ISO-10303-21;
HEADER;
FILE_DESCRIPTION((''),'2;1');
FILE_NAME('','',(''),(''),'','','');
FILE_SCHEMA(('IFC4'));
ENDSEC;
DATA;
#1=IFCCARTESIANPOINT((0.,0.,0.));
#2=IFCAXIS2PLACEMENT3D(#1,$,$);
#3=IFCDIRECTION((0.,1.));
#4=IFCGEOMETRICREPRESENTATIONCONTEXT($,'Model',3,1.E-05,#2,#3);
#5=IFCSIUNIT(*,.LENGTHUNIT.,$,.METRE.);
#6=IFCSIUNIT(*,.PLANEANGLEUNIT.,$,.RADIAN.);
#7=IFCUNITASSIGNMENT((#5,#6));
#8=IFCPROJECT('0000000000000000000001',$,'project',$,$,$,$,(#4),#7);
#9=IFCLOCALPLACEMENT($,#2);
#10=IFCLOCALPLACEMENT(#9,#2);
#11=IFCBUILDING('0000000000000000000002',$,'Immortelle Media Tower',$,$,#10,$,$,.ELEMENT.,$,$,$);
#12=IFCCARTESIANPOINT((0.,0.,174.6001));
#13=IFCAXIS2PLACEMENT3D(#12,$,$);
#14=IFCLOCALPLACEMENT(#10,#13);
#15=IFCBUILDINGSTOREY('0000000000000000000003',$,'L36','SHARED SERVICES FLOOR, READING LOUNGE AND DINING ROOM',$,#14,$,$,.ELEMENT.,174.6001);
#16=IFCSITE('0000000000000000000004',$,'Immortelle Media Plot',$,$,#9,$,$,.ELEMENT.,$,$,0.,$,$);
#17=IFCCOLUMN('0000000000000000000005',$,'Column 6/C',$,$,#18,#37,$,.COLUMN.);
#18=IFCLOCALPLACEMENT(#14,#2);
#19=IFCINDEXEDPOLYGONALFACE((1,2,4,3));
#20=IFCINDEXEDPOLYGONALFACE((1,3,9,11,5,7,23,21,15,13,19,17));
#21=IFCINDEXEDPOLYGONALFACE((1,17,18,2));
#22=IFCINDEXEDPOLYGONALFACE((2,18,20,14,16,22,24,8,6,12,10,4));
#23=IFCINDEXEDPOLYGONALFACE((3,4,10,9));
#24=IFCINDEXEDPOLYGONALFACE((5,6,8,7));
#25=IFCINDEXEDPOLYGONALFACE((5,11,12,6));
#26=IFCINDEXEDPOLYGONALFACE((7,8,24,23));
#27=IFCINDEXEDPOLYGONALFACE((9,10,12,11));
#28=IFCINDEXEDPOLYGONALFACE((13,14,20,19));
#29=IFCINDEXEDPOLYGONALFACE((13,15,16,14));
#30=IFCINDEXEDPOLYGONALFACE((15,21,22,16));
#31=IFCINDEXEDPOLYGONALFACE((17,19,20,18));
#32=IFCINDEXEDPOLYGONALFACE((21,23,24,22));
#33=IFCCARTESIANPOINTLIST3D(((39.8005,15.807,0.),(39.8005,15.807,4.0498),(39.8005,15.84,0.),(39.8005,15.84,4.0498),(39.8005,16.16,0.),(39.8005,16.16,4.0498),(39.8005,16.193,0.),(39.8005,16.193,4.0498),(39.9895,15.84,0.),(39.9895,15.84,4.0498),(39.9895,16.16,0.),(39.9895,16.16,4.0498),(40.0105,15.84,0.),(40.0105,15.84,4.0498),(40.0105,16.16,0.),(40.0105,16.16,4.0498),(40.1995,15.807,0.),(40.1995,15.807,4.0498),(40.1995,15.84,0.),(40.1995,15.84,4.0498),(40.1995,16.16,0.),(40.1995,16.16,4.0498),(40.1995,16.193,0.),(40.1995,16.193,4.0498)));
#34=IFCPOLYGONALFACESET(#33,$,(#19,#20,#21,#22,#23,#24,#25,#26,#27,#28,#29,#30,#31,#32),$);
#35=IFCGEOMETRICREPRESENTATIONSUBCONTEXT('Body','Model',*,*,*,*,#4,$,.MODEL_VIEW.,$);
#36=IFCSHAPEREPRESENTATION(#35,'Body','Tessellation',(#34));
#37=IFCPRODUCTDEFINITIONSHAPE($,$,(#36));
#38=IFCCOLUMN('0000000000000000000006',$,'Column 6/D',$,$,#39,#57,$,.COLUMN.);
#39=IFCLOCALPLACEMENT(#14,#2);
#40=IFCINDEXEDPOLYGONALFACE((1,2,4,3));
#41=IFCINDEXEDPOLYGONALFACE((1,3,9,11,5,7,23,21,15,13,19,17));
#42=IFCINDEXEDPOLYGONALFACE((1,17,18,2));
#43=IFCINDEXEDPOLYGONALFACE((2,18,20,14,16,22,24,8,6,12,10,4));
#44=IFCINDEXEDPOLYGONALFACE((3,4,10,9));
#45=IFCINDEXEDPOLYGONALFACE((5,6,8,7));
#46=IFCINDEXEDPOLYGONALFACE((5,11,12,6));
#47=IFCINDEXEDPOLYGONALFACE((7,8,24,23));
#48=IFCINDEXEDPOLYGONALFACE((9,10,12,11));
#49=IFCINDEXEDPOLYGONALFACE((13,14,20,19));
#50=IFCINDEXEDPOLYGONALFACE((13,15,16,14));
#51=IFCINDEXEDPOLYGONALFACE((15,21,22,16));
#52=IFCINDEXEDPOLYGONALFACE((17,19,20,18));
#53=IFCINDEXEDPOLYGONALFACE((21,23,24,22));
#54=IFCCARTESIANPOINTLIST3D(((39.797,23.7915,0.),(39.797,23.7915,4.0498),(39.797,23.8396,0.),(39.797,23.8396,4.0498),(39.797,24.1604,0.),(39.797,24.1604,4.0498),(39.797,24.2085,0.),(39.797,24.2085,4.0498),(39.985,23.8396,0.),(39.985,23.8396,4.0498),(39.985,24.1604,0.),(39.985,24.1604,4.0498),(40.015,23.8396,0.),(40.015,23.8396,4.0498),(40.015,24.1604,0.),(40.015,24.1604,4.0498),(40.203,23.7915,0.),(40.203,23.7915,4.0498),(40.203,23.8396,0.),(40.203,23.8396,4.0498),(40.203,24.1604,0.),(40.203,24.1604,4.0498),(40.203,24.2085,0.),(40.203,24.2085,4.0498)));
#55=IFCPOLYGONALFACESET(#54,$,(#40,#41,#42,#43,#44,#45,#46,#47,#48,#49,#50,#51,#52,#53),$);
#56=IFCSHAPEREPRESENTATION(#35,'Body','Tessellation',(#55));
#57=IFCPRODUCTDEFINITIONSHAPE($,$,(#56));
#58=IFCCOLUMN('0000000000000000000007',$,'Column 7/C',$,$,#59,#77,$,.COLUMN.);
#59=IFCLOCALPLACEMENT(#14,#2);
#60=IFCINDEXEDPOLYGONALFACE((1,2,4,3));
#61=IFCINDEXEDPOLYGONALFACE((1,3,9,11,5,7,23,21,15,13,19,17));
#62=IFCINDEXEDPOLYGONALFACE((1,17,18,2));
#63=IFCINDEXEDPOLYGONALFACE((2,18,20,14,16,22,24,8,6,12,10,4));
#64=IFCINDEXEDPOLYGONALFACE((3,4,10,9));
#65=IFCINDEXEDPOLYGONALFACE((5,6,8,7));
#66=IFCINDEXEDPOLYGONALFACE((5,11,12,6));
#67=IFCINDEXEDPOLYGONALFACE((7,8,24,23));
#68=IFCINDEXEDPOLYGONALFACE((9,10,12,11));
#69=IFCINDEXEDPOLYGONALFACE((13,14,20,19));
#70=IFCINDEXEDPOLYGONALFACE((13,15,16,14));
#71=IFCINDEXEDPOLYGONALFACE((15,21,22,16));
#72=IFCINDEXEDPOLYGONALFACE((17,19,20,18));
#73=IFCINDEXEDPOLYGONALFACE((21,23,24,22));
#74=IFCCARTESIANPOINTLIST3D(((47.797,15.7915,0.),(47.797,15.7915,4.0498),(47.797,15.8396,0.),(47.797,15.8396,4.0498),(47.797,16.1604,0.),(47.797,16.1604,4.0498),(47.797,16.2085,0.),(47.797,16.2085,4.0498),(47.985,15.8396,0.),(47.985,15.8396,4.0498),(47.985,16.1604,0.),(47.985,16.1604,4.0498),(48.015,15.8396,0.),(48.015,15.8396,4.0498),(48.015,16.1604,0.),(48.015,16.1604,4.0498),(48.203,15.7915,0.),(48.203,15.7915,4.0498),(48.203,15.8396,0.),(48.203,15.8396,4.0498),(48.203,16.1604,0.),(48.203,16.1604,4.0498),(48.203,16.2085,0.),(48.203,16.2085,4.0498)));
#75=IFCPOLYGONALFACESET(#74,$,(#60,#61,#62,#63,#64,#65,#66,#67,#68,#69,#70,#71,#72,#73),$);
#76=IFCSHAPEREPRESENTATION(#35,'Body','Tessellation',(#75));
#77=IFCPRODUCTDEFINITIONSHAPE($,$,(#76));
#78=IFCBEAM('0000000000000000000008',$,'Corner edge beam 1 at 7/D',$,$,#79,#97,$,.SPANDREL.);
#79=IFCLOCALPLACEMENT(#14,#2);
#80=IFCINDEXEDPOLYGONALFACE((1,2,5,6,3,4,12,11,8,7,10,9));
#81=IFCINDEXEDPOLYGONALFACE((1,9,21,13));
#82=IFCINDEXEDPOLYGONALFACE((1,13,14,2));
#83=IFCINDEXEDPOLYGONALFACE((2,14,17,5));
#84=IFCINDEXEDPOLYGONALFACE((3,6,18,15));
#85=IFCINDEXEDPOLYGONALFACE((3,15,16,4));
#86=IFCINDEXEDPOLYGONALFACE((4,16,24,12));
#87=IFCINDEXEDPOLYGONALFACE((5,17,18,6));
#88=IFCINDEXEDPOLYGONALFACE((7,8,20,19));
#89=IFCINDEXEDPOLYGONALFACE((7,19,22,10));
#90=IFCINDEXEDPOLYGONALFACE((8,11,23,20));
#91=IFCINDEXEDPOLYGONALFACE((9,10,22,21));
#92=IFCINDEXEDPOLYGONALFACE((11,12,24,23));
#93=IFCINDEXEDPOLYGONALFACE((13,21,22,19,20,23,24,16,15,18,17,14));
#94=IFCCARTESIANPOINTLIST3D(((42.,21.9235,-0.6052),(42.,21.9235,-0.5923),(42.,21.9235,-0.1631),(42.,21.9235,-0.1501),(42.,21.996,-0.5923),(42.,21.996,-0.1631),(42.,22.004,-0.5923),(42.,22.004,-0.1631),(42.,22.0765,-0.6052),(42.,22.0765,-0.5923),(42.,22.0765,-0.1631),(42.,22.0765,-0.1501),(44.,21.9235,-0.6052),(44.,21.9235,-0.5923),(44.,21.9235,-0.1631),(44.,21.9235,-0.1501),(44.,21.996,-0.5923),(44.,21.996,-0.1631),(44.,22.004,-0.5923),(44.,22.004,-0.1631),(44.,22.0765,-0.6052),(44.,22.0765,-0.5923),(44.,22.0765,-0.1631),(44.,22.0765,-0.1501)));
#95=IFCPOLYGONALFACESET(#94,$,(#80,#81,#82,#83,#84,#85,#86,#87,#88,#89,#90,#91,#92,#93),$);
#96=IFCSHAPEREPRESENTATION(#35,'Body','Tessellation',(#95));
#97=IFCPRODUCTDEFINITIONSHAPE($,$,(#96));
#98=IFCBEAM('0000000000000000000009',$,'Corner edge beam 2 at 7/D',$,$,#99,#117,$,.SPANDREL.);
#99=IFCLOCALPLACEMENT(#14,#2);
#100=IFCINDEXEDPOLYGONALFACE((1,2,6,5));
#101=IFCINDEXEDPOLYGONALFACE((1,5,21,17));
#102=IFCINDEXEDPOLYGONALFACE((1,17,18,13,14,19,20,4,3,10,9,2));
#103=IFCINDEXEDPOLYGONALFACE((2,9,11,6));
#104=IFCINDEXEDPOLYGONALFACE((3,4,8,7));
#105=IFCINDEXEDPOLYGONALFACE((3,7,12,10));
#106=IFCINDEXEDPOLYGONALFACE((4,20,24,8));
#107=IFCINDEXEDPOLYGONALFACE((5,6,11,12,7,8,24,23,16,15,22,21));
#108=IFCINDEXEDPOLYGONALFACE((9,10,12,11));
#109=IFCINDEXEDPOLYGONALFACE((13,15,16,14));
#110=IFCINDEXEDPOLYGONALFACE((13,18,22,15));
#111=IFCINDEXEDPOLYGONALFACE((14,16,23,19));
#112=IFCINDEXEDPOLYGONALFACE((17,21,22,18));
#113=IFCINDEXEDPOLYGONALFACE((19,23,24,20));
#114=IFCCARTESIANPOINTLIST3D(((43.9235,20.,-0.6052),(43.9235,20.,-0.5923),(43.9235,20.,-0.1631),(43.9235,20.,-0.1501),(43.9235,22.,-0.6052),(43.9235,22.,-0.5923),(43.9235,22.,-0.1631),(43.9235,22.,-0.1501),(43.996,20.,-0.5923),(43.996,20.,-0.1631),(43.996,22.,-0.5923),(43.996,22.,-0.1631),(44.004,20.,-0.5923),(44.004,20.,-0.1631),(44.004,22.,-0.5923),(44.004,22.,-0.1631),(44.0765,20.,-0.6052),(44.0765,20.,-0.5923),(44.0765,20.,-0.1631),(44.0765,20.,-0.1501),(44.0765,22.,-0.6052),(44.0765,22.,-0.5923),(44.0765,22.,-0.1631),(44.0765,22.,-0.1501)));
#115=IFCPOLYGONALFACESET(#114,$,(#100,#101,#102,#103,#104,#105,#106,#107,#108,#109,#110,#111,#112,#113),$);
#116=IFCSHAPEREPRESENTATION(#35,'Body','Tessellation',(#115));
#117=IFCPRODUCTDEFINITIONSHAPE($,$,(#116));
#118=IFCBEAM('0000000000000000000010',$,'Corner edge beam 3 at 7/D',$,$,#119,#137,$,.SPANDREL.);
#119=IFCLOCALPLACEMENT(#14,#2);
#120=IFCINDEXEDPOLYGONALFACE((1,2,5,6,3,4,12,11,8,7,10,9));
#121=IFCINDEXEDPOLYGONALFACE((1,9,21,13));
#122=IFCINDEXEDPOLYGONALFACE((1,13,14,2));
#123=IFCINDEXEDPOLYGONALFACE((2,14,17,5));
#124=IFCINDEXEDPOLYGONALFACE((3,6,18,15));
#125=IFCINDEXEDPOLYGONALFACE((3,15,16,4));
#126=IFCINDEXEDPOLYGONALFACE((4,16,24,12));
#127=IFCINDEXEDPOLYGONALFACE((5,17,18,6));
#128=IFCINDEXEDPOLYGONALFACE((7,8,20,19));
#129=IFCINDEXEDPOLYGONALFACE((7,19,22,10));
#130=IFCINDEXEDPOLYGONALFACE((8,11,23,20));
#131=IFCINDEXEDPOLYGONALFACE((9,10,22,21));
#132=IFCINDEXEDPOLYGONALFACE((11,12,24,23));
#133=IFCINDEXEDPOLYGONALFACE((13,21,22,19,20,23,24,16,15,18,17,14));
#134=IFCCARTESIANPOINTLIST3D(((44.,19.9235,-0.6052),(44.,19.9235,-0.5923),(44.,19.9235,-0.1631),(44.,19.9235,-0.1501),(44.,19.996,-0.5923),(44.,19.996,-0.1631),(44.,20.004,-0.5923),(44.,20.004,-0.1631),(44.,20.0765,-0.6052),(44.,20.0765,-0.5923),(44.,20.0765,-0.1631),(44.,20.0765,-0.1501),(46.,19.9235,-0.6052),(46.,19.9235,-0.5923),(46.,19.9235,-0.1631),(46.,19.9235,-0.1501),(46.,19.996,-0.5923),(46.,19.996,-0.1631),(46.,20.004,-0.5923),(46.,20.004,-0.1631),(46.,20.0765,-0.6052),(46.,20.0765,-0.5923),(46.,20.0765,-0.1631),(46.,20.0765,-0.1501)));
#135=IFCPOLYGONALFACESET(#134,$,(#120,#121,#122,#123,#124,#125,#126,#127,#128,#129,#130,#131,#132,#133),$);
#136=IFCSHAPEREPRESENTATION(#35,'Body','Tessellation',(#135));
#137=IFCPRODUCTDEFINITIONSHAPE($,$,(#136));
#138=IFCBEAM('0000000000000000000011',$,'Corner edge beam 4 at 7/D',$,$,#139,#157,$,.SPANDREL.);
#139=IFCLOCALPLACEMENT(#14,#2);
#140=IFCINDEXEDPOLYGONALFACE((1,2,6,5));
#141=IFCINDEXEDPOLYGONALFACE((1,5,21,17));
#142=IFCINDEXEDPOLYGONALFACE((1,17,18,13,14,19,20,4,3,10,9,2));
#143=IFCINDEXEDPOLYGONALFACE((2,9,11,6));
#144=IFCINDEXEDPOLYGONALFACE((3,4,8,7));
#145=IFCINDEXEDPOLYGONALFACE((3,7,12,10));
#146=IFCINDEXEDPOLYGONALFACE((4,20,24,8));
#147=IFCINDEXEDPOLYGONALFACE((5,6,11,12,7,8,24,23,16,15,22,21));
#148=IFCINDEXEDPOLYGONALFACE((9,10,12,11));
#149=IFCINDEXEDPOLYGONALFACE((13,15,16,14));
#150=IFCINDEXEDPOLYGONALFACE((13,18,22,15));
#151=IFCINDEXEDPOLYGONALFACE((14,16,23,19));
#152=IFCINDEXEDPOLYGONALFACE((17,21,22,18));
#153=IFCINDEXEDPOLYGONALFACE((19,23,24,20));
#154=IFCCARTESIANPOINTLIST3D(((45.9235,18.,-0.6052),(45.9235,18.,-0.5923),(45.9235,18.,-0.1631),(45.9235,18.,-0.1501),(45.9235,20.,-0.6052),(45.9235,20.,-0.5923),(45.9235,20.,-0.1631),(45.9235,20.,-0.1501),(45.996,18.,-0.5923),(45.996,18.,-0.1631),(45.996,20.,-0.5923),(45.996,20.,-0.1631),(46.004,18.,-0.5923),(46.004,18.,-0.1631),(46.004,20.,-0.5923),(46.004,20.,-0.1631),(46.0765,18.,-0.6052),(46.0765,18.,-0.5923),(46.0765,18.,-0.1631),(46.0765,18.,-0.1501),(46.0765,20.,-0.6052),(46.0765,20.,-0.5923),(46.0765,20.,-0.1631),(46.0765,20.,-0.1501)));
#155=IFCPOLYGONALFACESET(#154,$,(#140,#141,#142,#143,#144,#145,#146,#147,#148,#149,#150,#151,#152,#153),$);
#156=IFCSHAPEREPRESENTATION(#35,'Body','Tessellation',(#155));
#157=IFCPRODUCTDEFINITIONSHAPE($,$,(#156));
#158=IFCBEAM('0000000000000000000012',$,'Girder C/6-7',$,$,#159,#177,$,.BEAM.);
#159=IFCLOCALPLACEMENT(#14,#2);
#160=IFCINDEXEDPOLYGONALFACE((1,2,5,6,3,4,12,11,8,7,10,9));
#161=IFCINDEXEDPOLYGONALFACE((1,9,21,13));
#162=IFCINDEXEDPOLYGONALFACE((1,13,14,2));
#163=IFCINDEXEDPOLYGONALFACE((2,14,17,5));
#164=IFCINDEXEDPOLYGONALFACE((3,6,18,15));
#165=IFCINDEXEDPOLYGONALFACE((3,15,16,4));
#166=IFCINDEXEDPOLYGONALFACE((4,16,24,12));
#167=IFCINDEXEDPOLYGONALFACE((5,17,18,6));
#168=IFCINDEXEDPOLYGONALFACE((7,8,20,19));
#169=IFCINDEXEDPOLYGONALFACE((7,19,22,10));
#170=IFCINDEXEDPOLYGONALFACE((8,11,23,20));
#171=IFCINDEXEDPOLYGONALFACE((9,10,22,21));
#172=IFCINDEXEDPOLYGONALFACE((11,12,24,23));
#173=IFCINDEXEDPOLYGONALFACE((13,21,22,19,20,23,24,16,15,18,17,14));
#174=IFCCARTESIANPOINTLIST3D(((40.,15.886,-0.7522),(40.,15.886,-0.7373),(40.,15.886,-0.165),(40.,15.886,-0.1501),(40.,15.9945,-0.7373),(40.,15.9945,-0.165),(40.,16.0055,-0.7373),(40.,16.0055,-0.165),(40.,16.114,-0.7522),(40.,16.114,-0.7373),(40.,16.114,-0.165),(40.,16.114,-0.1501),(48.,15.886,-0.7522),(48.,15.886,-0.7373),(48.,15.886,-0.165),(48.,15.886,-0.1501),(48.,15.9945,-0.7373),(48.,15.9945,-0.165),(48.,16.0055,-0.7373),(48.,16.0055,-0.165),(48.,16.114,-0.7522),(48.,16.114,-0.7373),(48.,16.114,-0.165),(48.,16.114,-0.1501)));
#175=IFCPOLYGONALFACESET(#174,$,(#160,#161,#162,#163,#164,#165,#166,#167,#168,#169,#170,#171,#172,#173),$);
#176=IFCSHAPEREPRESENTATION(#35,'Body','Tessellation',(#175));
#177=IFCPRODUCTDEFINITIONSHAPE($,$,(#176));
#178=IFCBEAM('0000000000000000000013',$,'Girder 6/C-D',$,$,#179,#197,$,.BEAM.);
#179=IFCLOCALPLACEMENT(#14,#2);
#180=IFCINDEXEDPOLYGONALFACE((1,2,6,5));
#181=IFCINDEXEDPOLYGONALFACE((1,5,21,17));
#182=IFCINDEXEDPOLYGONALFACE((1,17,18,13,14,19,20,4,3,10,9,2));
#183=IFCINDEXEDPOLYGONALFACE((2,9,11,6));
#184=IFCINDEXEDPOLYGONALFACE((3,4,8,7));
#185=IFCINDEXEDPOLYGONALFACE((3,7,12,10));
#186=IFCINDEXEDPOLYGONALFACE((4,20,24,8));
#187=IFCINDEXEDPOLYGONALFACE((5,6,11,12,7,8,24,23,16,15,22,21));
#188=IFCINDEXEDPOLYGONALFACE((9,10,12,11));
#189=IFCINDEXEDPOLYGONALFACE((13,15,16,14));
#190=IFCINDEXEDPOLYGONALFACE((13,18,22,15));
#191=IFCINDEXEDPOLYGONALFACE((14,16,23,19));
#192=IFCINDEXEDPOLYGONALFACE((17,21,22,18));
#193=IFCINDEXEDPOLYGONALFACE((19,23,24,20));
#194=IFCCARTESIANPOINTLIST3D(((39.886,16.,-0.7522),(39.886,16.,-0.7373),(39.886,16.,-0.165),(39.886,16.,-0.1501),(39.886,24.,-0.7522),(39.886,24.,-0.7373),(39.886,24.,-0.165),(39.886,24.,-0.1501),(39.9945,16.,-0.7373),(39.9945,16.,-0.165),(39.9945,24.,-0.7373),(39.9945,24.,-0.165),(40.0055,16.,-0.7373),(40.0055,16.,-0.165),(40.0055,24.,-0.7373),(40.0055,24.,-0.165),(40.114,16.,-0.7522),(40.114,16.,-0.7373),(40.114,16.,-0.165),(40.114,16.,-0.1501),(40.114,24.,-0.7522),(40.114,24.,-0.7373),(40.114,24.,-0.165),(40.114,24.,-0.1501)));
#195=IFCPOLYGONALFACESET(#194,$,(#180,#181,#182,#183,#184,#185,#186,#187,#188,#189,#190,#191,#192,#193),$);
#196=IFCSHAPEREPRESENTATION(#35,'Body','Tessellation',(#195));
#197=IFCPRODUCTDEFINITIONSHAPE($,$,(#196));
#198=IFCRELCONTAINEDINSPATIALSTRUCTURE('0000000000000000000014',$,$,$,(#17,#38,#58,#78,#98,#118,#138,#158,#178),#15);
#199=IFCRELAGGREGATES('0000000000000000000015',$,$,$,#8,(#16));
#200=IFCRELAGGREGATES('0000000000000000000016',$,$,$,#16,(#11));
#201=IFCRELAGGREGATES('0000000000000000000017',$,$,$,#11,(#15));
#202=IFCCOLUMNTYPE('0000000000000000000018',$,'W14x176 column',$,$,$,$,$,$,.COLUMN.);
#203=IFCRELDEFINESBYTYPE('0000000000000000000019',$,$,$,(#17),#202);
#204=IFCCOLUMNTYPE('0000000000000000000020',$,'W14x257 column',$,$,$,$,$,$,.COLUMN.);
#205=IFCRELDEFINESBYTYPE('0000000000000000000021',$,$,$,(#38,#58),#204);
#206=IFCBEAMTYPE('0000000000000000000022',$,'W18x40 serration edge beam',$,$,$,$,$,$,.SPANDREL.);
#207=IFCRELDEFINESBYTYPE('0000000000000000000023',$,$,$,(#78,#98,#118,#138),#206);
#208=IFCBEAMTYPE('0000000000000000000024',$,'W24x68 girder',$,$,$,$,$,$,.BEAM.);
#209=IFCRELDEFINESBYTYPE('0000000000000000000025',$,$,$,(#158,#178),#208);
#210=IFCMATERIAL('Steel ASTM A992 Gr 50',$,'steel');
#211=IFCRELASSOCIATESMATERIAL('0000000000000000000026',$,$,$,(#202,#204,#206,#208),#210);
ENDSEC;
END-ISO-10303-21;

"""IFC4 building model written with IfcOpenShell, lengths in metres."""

from ifc_helpers import new_model, si_unit, direction, frame, origin, origin_2d, place, context, subcontext, project, spatial, i_section, extrude, material, material_profile, profile_set, type_object, element, save


model = new_model("IFC4")

# Units and contexts
model_context = context("Model", 3, precision=1e-05, world=origin(), true_north=direction((0.0, 1.0)))
body_context = subcontext(model_context, "Body", "Model", "MODEL_VIEW")
ifc_project = project(units=[si_unit("LENGTHUNIT", "METRE"), si_unit("PLANEANGLEUNIT", "RADIAN")], contexts=[model_context])

# Site, building, storey
site_placement = place(None, origin())
site = spatial("IfcSite", under=ifc_project, at=site_placement, Name="Immortelle Media Plot", CompositionType="ELEMENT", RefElevation=0.0)
building_placement = place(site_placement, origin())
building = spatial("IfcBuilding", under=site, at=building_placement, Name="Immortelle Media Tower", CompositionType="ELEMENT")
storey_placement = place(building_placement, frame((0.0, 0.0, 174.6001)))
storey = spatial("IfcBuildingStorey", under=building, at=storey_placement, Name="L36", Description="SHARED SERVICES FLOOR, READING LOUNGE AND DINING ROOM", CompositionType="ELEMENT", Elevation=174.6001)

# Columns
ifc_material_1 = material(Name="Steel ASTM A992 Gr 50", Category="steel")
ifc_material_profile_1 = material_profile(ifc_material_1, i_section(OverallWidth=0.3989, OverallDepth=0.386, WebThickness=0.021, FlangeThickness=0.033, at=origin_2d()), Name="W14x176")
ifc_profile_set_1 = profile_set([ifc_material_profile_1], Name="Steel ASTM A992 Gr 50")
column_type_1 = type_object("IfcColumnType", Name="W14x176 column", PredefinedType="COLUMN", material=ifc_profile_set_1)
column_placement = place(storey_placement, frame((40.0, 16.0, 0.0), z_axis=(0.0, 0.0, 1.0), x_axis=(1.0, 0.0, 0.0)))
element("IfcColumn", 1, at=column_placement, inside=storey, type_object=column_type_1, Name="Column 6/C", PredefinedType="COLUMN", context=body_context, shape_type="SweptSolid", body=[
    extrude(i_section(OverallWidth=0.3989, OverallDepth=0.386, WebThickness=0.021, FlangeThickness=0.033, at=origin_2d()), origin(), (0.0, 0.0, 1.0), 4.0498),
])
ifc_material_profile_2 = material_profile(ifc_material_1, i_section(OverallWidth=0.406, OverallDepth=0.417, WebThickness=0.03, FlangeThickness=0.0481, at=origin_2d()), Name="W14x257")
ifc_profile_set_2 = profile_set([ifc_material_profile_2], Name="Steel ASTM A992 Gr 50")
column_type_2 = type_object("IfcColumnType", Name="W14x257 column", PredefinedType="COLUMN", material=ifc_profile_set_2)
for number, where, z_axis, x_axis, name in (
    (2, (40.0, 24.0, 0.0), (0.0, 0.0, 1.0), (1.0, 0.0, 0.0), "Column 6/D"),
    (3, (48.0, 16.0, 0.0), (0.0, 0.0, 1.0), (1.0, 0.0, 0.0), "Column 7/C"),
):
    element("IfcColumn", number, at=place(storey_placement, frame(where, z_axis=z_axis, x_axis=x_axis)), inside=storey, type_object=column_type_2, Name=name, PredefinedType="COLUMN", context=body_context, shape_type="SweptSolid", body=[
        extrude(i_section(OverallWidth=0.406, OverallDepth=0.417, WebThickness=0.03, FlangeThickness=0.0481, at=origin_2d()), origin(), (0.0, 0.0, 1.0), 4.0498),
    ])

# Beams
ifc_material_profile_3 = material_profile(ifc_material_1, i_section(OverallWidth=0.1531, OverallDepth=0.4551, WebThickness=0.0081, FlangeThickness=0.0129, at=origin_2d()), Name="W18x40")
ifc_profile_set_3 = profile_set([ifc_material_profile_3], Name="Steel ASTM A992 Gr 50")
beam_type_1 = type_object("IfcBeamType", Name="W18x40 serration edge beam", PredefinedType="SPANDREL", material=ifc_profile_set_3)
for number, where, z_axis, x_axis, name in (
    (4, (42.0, 22.0, -0.3777), (1.0, 0.0, 0.0), (0.0, 1.0, 0.0), "Corner edge beam 1 at 7/D"),
    (5, (44.0, 22.0, -0.3777), (0.0, -1.0, 0.0), (1.0, 0.0, 0.0), "Corner edge beam 2 at 7/D"),
    (6, (44.0, 20.0, -0.3777), (1.0, 0.0, 0.0), (0.0, 1.0, 0.0), "Corner edge beam 3 at 7/D"),
    (7, (46.0, 20.0, -0.3777), (0.0, -1.0, 0.0), (1.0, 0.0, 0.0), "Corner edge beam 4 at 7/D"),
):
    element("IfcBeam", number, at=place(storey_placement, frame(where, z_axis=z_axis, x_axis=x_axis)), inside=storey, type_object=beam_type_1, Name=name, PredefinedType="SPANDREL", context=body_context, shape_type="SweptSolid", body=[
        extrude(i_section(OverallWidth=0.1531, OverallDepth=0.4551, WebThickness=0.0081, FlangeThickness=0.0129, at=origin_2d()), origin(), (0.0, 0.0, 1.0), 2.0),
    ])
ifc_material_profile_4 = material_profile(ifc_material_1, i_section(OverallWidth=0.228, OverallDepth=0.6021, WebThickness=0.011, FlangeThickness=0.0149, at=origin_2d()), Name="W24x68")
ifc_profile_set_4 = profile_set([ifc_material_profile_4], Name="Steel ASTM A992 Gr 50")
beam_type_2 = type_object("IfcBeamType", Name="W24x68 girder", PredefinedType="BEAM", material=ifc_profile_set_4)
for number, where, z_axis, x_axis, name in (
    (8, (40.0, 16.0, -0.4512), (1.0, 0.0, 0.0), (0.0, 1.0, 0.0), "Girder C/6-7"),
    (9, (40.0, 16.0, -0.4512), (0.0, 1.0, 0.0), (-1.0, 0.0, 0.0), "Girder 6/C-D"),
):
    element("IfcBeam", number, at=place(storey_placement, frame(where, z_axis=z_axis, x_axis=x_axis)), inside=storey, type_object=beam_type_2, Name=name, PredefinedType="BEAM", context=body_context, shape_type="SweptSolid", body=[
        extrude(i_section(OverallWidth=0.228, OverallDepth=0.6021, WebThickness=0.011, FlangeThickness=0.0149, at=origin_2d()), origin(), (0.0, 0.0, 1.0), 8.0),
    ])

save(model, "model.ifc")
